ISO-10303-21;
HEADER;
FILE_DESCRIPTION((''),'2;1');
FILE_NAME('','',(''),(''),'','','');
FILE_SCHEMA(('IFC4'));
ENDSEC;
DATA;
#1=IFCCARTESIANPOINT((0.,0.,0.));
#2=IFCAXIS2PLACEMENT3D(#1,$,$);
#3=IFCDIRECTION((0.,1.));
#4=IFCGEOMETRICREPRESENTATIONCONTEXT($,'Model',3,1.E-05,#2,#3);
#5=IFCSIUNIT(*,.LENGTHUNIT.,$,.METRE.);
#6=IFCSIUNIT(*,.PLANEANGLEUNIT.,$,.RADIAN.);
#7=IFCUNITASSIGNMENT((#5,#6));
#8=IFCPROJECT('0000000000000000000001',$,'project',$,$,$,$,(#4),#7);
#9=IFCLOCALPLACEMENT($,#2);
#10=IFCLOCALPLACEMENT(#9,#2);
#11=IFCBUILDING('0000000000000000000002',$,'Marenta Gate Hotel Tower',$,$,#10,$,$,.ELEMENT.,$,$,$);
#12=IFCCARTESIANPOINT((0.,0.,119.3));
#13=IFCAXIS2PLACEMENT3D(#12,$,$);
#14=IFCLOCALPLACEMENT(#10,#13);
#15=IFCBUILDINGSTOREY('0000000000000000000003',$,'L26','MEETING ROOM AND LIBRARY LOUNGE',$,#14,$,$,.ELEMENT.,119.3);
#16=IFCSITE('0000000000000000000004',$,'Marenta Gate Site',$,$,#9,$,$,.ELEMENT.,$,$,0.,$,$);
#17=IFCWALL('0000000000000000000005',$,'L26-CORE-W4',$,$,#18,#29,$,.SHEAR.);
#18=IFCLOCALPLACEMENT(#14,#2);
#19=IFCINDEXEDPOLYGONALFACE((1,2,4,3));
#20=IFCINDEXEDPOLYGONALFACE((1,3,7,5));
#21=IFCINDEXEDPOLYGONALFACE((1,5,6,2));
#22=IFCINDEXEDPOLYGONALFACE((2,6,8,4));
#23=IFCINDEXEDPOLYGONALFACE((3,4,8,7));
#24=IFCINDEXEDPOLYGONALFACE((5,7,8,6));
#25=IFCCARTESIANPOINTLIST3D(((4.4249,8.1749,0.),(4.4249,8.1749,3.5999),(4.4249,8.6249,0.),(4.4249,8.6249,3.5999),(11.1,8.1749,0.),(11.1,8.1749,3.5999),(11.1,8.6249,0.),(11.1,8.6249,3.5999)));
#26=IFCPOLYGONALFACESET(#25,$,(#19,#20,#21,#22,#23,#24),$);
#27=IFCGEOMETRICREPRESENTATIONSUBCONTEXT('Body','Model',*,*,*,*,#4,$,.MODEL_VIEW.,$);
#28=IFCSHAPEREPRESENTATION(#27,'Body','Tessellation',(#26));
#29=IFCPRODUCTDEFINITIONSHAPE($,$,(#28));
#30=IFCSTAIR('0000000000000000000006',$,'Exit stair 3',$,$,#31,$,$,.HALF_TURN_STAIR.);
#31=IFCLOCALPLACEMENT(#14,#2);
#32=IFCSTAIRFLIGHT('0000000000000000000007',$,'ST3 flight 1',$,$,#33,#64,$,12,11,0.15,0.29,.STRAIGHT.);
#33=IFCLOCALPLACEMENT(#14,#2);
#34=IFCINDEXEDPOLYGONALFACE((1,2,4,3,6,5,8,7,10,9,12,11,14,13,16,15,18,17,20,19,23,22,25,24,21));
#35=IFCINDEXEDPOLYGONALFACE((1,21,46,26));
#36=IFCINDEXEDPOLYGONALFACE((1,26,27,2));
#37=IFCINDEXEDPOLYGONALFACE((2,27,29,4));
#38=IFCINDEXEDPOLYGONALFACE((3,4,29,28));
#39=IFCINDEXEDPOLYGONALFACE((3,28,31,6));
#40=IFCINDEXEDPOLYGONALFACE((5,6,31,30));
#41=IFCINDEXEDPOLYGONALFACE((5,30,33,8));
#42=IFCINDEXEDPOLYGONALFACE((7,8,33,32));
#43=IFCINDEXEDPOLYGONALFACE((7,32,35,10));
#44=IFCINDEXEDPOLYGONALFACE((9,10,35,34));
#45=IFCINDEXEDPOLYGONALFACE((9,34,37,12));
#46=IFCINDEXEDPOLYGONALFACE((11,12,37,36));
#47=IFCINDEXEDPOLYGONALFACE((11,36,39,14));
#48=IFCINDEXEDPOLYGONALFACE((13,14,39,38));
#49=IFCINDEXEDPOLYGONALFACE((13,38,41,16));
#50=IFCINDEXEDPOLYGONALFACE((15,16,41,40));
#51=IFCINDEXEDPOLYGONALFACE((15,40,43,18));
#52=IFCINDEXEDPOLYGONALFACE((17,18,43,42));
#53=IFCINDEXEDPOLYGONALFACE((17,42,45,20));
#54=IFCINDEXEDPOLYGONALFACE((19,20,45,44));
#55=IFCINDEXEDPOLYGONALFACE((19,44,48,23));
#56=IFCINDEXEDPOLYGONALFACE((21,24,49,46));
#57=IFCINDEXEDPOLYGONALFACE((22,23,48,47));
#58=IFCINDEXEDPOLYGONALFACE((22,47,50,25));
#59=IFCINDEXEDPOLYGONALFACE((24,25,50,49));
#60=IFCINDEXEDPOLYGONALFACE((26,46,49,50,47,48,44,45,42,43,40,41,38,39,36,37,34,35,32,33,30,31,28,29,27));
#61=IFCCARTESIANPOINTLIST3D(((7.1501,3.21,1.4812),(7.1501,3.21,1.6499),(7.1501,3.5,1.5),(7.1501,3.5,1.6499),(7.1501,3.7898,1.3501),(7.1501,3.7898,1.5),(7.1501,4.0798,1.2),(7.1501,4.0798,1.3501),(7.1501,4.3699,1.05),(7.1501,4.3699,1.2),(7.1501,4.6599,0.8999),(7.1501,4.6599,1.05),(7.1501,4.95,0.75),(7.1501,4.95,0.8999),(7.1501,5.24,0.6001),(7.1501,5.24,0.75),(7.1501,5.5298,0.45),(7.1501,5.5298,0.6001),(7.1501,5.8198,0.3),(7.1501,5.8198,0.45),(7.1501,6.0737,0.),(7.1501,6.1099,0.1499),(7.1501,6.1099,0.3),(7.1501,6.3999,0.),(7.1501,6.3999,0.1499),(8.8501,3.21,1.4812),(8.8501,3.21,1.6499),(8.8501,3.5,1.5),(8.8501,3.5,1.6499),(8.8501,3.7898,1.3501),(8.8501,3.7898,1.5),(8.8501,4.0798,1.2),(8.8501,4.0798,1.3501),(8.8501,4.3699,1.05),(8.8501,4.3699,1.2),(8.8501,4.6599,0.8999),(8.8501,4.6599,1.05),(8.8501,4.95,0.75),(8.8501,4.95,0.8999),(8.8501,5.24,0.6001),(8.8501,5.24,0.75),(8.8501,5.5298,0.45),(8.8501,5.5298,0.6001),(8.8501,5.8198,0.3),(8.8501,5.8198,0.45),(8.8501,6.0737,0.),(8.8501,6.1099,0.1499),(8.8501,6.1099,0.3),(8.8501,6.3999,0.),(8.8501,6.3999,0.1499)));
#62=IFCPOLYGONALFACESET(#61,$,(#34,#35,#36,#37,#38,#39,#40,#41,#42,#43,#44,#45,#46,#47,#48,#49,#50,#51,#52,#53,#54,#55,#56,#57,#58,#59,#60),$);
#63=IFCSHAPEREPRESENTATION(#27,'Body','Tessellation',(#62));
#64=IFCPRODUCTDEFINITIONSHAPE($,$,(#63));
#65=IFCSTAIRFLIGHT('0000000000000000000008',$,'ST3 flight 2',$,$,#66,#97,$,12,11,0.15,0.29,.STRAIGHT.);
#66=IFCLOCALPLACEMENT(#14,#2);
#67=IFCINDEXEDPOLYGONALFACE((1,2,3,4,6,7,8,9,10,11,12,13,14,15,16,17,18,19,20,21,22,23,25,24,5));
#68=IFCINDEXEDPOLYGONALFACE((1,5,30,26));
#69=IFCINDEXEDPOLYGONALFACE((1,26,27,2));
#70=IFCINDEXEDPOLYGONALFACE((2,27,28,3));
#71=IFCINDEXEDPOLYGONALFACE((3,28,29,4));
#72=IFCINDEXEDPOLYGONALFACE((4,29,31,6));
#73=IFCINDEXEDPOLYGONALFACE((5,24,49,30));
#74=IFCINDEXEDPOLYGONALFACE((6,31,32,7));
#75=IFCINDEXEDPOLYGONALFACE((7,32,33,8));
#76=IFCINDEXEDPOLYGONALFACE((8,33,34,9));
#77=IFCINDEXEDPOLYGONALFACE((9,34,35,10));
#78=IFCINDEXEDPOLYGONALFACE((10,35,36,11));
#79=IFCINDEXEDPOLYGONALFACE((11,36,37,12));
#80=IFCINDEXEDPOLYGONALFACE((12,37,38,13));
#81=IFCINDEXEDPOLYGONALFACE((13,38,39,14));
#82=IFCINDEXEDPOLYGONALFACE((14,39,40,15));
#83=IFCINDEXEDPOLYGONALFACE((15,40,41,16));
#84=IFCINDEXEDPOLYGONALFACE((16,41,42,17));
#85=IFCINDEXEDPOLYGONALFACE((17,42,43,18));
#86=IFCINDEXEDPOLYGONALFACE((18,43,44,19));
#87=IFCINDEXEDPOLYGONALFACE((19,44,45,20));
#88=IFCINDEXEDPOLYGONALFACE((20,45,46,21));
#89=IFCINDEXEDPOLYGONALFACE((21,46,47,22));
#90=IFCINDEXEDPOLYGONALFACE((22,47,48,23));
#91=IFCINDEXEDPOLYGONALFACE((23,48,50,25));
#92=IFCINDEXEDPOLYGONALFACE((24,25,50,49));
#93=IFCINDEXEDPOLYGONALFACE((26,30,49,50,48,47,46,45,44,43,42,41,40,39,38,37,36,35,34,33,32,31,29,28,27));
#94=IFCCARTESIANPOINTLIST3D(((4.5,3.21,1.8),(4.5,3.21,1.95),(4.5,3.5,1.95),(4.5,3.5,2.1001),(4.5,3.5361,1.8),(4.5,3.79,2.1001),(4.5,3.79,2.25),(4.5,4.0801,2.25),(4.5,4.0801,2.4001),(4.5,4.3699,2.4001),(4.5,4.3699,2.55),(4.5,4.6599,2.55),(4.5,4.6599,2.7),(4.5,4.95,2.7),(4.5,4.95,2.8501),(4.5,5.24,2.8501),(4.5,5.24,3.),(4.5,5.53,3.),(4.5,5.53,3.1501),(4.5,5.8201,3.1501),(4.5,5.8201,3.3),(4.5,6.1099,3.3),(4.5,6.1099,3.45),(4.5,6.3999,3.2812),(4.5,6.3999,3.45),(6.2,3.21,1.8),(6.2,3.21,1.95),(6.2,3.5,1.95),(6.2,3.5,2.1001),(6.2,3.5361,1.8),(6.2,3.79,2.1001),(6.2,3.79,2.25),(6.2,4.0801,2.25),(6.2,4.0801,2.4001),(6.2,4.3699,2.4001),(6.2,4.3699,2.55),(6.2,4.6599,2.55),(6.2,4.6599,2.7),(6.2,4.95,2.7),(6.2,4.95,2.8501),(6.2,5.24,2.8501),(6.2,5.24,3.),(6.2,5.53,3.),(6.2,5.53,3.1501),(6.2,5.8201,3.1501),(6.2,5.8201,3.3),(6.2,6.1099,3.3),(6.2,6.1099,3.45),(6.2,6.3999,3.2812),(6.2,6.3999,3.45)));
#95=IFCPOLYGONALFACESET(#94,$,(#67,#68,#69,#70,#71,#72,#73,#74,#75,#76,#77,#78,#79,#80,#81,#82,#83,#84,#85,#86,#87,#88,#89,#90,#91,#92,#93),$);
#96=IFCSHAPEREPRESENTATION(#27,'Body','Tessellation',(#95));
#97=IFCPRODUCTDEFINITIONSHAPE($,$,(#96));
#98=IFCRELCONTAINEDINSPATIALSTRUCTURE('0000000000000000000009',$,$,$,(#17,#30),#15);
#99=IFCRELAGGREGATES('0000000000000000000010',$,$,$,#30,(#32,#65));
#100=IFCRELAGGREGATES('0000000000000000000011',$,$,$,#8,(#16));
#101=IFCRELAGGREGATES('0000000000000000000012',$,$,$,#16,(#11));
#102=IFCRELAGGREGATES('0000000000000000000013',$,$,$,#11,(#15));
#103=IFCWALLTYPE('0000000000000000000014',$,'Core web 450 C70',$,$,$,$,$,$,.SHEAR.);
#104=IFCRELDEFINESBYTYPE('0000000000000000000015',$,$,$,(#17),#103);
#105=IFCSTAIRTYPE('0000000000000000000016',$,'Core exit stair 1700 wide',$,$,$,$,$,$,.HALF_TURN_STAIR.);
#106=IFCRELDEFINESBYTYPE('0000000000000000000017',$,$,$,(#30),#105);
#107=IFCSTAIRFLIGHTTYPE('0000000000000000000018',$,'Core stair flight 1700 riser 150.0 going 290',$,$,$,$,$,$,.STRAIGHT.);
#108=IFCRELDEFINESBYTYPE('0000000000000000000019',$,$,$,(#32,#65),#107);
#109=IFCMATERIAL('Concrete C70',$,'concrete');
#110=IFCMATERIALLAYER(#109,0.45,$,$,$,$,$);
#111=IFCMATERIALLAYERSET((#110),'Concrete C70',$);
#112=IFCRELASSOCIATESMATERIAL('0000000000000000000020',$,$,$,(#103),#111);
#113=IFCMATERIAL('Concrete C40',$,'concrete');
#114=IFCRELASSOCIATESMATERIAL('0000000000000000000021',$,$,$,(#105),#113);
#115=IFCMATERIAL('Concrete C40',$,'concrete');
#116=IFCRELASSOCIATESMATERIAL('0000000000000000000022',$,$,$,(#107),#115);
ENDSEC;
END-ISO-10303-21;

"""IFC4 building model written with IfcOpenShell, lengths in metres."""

from ifc_helpers import new_model, si_unit, direction, frame, frame_2d, origin, place, context, subcontext, project, spatial, polyline, rectangle, outline, extrude, material, layer, layer_set, type_object, element, aggregate, save


model = new_model("IFC4")

# Units and contexts
model_context = context("Model", 3, precision=1e-05, world=origin(), true_north=direction((0.0, 1.0)))
body_context = subcontext(model_context, "Body", "Model", "MODEL_VIEW")
ifc_project = project(units=[si_unit("LENGTHUNIT", "METRE"), si_unit("PLANEANGLEUNIT", "RADIAN")], contexts=[model_context])

# Site, building, storey
site_placement = place(None, origin())
site = spatial("IfcSite", under=ifc_project, at=site_placement, Name="Marenta Gate Site", CompositionType="ELEMENT", RefElevation=0.0)
building_placement = place(site_placement, origin())
building = spatial("IfcBuilding", under=site, at=building_placement, Name="Marenta Gate Hotel Tower", CompositionType="ELEMENT")
storey_placement = place(building_placement, frame((0.0, 0.0, 119.3)))
storey = spatial("IfcBuildingStorey", under=building, at=storey_placement, Name="L26", Description="MEETING ROOM AND LIBRARY LOUNGE", CompositionType="ELEMENT", Elevation=119.3)

# Shared definitions
ifc_material_1 = material(Name="Concrete C70", Category="concrete")
ifc_layer_1 = layer(ifc_material_1, 0.45)
ifc_layer_set_1 = layer_set([ifc_layer_1], Name="Concrete C70")
wall_type_1 = type_object("IfcWallType", Name="Core web 450 C70", PredefinedType="SHEAR", material=ifc_layer_set_1)

# Wall
wall_1_placement = place(storey_placement, frame((4.425, 8.3999, 0.0), z_axis=(0.0, 0.0, 1.0), x_axis=(1.0, 0.0, 0.0)))
element("IfcWall", 1, at=wall_1_placement, inside=storey, type_object=wall_type_1, Name="L26-CORE-W4", PredefinedType="SHEAR", context=body_context, shape_type="SweptSolid", body=[
    extrude(rectangle(XDim=6.675, YDim=0.45, at=frame_2d((3.3374, 0.0))), origin(), (0.0, 0.0, 1.0), 3.5999),
])

# Stair, stair flights
ifc_material_2 = material(Name="Concrete C40", Category="concrete")
stair_type = type_object("IfcStairType", Name="Core exit stair 1700 wide", PredefinedType="HALF_TURN_STAIR", material=ifc_material_2)
stair_placement = place(storey_placement, origin())
stair = element("IfcStair", 2, at=stair_placement, inside=storey, type_object=stair_type, Name="Exit stair 3", PredefinedType="HALF_TURN_STAIR")
ifc_material_3 = material(Name="Concrete C40", Category="concrete")
stair_flight_type = type_object("IfcStairFlightType", Name="Core stair flight 1700 riser 150.0 going 290", PredefinedType="STRAIGHT", material=ifc_material_3)
stair_flight_1_placement = place(storey_placement, frame((8.0, 6.3999, 0.0), z_axis=(0.0, 0.0, 1.0), x_axis=(0.0, -1.0, 0.0)))
stair_flight_1 = element("IfcStairFlight", 3, at=stair_flight_1_placement, type_object=stair_flight_type, Name="ST3 flight 1", NumberOfRisers=12, NumberOfTreads=11, PredefinedType="STRAIGHT", RiserHeight=0.15, TreadLength=0.29, context=body_context, shape_type="SweptSolid", body=[
    extrude(outline(polyline([(0.0, 0.0), (0.0, 0.1499), (0.29, 0.1499), (0.29, 0.3), (0.5801, 0.3), (0.5801, 0.45), (0.8701, 0.45), (0.8701, 0.6001), (1.1599, 0.6001), (1.1599, 0.75), (1.45, 0.75), (1.45, 0.8999), (1.74, 0.8999), (1.74, 1.05), (2.03, 1.05), (2.03, 1.2), (2.3201, 1.2), (2.3201, 1.3501), (2.6101, 1.3501), (2.6101, 1.5), (2.8999, 1.5), (2.8999, 1.6499), (3.1899, 1.6499), (3.1899, 1.8), (3.1899, 1.4812), (0.3262, 0.0), (0.0, 0.0)])), frame((0.0, 0.8501, 0.0), z_axis=(0.0, -1.0, 0.0), x_axis=(1.0, 0.0, 0.0)), (0.0, 0.0, 1.0), 1.7),
])
stair_flight_2_placement = place(storey_placement, frame((5.3501, 3.21, 1.8), z_axis=(0.0, 0.0, 1.0), x_axis=(0.0, 1.0, 0.0)))
stair_flight_2 = element("IfcStairFlight", 4, at=stair_flight_2_placement, type_object=stair_flight_type, Name="ST3 flight 2", NumberOfRisers=12, NumberOfTreads=11, PredefinedType="STRAIGHT", RiserHeight=0.15, TreadLength=0.29, context=body_context, shape_type="SweptSolid", body=[
    extrude(outline(polyline([(0.0, 0.0), (0.0, 0.1499), (0.29, 0.1499), (0.29, 0.3), (0.5801, 0.3), (0.5801, 0.45), (0.8701, 0.45), (0.8701, 0.6001), (1.1599, 0.6001), (1.1599, 0.75), (1.45, 0.75), (1.45, 0.8999), (1.74, 0.8999), (1.74, 1.05), (2.03, 1.05), (2.03, 1.2), (2.3201, 1.2), (2.3201, 1.3501), (2.6101, 1.3501), (2.6101, 1.5), (2.8999, 1.5), (2.8999, 1.6499), (3.1899, 1.6499), (3.1899, 1.8), (3.1899, 1.4812), (0.3262, 0.0), (0.0, 0.0)])), frame((0.0, 0.8501, 0.0), z_axis=(0.0, -1.0, 0.0), x_axis=(1.0, 0.0, 0.0)), (0.0, 0.0, 1.0), 1.7),
])
aggregate(stair, [stair_flight_1, stair_flight_2])

save(model, "model.ifc")
